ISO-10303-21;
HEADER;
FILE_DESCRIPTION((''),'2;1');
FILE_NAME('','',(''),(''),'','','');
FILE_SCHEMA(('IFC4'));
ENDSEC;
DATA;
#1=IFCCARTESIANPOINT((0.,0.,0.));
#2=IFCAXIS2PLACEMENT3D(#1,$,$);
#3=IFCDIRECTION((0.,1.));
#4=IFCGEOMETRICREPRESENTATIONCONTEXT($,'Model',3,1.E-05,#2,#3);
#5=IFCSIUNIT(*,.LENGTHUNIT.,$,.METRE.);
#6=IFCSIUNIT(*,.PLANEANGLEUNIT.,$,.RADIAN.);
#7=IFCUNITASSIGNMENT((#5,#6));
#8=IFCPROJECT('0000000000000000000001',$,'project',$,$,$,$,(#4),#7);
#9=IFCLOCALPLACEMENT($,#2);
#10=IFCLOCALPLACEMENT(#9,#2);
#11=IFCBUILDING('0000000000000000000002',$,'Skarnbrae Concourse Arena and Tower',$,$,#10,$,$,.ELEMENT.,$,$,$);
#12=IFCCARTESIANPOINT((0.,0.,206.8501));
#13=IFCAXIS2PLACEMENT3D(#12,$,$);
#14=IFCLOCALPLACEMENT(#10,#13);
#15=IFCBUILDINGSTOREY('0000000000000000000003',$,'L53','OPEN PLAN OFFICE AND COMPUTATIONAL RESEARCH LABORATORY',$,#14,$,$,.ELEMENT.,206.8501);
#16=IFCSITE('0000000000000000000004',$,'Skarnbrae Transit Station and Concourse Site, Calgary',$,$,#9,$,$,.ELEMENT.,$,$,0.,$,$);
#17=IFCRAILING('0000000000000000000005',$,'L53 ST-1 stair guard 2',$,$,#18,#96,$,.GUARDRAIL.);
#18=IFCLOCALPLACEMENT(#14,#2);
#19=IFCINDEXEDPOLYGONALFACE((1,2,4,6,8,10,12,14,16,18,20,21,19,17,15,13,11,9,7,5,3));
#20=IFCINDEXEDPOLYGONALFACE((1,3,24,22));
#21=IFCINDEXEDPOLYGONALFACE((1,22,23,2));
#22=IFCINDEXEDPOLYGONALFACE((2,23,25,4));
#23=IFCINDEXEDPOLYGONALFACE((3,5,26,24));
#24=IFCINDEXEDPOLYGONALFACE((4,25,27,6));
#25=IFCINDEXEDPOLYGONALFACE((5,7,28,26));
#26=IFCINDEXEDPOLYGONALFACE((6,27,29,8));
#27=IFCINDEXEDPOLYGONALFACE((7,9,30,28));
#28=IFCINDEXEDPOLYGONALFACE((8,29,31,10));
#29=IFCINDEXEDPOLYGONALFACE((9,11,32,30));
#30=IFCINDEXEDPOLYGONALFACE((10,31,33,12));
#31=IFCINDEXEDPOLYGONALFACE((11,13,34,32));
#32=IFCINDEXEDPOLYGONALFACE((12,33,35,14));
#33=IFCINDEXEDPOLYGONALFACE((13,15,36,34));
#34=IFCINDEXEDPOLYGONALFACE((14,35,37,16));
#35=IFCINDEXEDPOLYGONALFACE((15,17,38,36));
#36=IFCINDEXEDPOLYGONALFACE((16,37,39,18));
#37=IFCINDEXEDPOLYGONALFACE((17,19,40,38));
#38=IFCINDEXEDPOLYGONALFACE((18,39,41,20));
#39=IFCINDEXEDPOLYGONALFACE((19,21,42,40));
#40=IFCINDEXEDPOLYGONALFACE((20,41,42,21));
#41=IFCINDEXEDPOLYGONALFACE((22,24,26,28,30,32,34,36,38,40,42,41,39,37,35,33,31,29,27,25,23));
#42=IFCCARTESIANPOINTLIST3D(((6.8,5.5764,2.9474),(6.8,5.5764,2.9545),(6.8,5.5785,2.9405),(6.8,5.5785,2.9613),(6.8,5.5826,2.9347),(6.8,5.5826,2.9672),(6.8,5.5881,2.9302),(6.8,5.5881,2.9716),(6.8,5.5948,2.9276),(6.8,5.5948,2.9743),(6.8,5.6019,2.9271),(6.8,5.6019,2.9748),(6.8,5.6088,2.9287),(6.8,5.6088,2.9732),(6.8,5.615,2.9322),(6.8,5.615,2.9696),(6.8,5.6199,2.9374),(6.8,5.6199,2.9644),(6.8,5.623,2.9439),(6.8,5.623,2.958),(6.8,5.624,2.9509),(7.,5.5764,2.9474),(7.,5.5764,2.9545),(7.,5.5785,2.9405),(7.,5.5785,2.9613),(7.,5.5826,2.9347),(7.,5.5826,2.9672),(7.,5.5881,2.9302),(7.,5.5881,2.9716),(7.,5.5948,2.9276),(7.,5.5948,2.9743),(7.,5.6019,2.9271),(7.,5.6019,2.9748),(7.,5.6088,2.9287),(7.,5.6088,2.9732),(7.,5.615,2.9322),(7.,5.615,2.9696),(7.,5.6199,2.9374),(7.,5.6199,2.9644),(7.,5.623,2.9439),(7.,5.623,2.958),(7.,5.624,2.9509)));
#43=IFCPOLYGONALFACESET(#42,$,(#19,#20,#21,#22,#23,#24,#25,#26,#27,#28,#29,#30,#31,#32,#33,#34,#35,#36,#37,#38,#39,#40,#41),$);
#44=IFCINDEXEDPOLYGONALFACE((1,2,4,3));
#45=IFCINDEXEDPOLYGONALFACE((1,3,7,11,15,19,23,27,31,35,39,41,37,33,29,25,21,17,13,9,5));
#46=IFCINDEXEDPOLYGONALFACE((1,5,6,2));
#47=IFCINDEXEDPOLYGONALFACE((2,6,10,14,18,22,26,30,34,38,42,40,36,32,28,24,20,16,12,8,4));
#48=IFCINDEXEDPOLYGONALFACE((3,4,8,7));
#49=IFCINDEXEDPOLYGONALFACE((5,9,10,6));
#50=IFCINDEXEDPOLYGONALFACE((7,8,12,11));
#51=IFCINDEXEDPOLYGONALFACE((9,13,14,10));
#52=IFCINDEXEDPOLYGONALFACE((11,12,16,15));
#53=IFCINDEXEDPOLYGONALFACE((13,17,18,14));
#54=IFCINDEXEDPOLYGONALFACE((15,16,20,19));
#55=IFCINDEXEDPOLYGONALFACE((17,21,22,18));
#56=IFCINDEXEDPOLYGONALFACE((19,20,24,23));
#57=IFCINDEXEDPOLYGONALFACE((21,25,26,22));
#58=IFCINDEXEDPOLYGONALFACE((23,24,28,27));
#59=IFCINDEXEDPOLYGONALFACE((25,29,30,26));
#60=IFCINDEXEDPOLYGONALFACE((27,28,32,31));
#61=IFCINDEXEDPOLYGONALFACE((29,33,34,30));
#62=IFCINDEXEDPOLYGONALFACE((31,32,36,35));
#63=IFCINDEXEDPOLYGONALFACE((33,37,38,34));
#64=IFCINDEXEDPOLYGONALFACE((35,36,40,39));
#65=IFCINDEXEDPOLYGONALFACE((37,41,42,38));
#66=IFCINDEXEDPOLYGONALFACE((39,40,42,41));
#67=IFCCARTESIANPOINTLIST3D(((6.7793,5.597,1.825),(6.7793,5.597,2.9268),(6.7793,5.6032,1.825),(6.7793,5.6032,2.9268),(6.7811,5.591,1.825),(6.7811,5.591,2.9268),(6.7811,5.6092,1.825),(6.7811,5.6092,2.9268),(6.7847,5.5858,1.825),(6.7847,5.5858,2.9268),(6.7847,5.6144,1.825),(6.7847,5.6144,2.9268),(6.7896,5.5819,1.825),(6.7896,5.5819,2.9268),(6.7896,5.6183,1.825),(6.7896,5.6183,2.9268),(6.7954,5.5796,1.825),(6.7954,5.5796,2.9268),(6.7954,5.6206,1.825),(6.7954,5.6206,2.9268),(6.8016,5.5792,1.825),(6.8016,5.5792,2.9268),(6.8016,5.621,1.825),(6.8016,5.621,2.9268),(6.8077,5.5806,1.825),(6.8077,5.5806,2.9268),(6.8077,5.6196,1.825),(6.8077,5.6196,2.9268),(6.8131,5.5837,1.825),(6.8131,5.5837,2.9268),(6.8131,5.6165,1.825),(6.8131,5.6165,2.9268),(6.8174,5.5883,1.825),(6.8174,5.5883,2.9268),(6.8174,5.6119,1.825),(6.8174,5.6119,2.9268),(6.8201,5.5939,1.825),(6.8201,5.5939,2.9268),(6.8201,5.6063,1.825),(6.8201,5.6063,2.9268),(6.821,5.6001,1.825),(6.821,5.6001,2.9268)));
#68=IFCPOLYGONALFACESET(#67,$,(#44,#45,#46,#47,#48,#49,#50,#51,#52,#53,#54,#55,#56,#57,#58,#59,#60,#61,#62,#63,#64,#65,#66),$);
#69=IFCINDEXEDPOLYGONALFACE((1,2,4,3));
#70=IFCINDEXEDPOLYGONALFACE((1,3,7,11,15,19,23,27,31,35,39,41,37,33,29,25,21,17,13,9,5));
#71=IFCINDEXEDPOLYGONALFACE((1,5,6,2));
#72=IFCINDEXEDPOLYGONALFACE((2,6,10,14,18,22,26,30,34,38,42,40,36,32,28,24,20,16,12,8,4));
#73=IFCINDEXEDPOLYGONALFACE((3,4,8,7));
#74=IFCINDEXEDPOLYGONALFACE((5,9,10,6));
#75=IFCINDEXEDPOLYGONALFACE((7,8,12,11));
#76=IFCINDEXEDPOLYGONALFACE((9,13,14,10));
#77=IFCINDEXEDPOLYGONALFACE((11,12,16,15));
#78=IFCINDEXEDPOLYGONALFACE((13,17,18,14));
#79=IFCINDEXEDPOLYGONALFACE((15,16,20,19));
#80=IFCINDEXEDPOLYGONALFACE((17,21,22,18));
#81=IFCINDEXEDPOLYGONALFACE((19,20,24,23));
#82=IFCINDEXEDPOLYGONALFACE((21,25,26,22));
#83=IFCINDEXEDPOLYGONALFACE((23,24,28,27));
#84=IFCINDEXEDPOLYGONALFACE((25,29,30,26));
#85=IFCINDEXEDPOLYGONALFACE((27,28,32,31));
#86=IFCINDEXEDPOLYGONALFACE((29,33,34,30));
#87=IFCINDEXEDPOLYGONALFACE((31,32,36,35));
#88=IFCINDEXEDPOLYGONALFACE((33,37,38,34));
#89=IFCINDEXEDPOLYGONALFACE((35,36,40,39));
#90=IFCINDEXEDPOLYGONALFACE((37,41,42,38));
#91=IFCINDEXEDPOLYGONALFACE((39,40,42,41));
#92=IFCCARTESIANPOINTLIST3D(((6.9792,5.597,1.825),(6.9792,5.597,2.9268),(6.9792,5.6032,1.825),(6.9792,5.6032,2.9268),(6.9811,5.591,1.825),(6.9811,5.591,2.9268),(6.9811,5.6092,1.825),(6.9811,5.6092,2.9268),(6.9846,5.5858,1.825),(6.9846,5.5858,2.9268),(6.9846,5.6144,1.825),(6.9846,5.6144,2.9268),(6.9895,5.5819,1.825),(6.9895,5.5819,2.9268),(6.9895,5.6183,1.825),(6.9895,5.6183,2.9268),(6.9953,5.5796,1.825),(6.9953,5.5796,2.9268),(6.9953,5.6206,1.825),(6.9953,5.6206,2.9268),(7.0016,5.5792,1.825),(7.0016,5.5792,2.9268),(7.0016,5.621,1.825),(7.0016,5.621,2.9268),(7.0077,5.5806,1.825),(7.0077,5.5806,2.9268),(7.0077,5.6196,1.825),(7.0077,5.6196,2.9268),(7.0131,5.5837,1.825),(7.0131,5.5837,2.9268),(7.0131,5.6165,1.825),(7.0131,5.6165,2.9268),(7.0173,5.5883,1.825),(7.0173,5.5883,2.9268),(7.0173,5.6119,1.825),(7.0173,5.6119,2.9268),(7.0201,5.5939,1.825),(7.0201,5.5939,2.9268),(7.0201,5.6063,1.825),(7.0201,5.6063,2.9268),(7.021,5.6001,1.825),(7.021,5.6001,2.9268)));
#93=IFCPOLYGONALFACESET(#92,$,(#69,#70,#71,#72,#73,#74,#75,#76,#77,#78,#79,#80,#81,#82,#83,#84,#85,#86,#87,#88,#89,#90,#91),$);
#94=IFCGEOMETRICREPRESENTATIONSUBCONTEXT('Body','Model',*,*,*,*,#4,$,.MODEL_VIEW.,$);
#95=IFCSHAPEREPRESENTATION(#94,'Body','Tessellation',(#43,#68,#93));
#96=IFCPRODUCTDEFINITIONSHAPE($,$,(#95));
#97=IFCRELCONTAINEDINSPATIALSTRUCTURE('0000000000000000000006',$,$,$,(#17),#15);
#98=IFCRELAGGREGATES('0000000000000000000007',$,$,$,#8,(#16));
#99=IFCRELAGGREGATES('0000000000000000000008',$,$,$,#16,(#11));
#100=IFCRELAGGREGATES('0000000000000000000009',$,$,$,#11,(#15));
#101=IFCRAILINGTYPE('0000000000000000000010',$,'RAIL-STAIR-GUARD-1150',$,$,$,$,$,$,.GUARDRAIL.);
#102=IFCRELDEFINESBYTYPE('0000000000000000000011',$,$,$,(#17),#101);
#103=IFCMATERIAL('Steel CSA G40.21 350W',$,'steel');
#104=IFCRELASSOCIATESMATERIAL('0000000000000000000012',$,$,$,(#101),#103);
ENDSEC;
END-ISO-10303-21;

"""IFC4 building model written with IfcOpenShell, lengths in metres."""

from ifc_helpers import new_model, si_unit, direction, frame, origin, origin_2d, place, context, subcontext, project, spatial, circle, extrude, material, type_object, element, save


model = new_model("IFC4")

# Units and contexts
model_context = context("Model", 3, precision=1e-05, world=origin(), true_north=direction((0.0, 1.0)))
body_context = subcontext(model_context, "Body", "Model", "MODEL_VIEW")
ifc_project = project(units=[si_unit("LENGTHUNIT", "METRE"), si_unit("PLANEANGLEUNIT", "RADIAN")], contexts=[model_context])

# Site, building, storey
site_placement = place(None, origin())
site = spatial("IfcSite", under=ifc_project, at=site_placement, Name="Skarnbrae Transit Station and Concourse Site, Calgary", CompositionType="ELEMENT", RefElevation=0.0)
building_placement = place(site_placement, origin())
building = spatial("IfcBuilding", under=site, at=building_placement, Name="Skarnbrae Concourse Arena and Tower", CompositionType="ELEMENT")
storey_placement = place(building_placement, frame((0.0, 0.0, 206.8501)))
storey = spatial("IfcBuildingStorey", under=building, at=storey_placement, Name="L53", Description="OPEN PLAN OFFICE AND COMPUTATIONAL RESEARCH LABORATORY", CompositionType="ELEMENT", Elevation=206.8501)

# Railing
ifc_material_1 = material(Name="Steel CSA G40.21 350W", Category="steel")
railing_type_1 = type_object("IfcRailingType", Name="RAIL-STAIR-GUARD-1150", PredefinedType="GUARDRAIL", material=ifc_material_1)
railing_1_placement = place(storey_placement, frame((6.8, 5.6001, 1.825)))
element("IfcRailing", 1, at=railing_1_placement, inside=storey, type_object=railing_type_1, Name="L53 ST-1 stair guard 2", PredefinedType="GUARDRAIL", context=body_context, shape_type="SweptSolid", body=[
    extrude(circle(Radius=0.0239, at=origin_2d()), frame((0.0, 0.0, 1.126), z_axis=(1.0, 0.0, 0.0), x_axis=(0.0, 1.0, 0.0)), (0.0, 0.0, 1.0), 0.2),
    extrude(circle(Radius=0.021, at=origin_2d()), origin(), (0.0, 0.0, 1.0), 1.1018),
    extrude(circle(Radius=0.021, at=origin_2d()), frame((0.2, 0.0, 0.0)), (0.0, 0.0, 1.0), 1.1018),
])

save(model, "model.ifc")
